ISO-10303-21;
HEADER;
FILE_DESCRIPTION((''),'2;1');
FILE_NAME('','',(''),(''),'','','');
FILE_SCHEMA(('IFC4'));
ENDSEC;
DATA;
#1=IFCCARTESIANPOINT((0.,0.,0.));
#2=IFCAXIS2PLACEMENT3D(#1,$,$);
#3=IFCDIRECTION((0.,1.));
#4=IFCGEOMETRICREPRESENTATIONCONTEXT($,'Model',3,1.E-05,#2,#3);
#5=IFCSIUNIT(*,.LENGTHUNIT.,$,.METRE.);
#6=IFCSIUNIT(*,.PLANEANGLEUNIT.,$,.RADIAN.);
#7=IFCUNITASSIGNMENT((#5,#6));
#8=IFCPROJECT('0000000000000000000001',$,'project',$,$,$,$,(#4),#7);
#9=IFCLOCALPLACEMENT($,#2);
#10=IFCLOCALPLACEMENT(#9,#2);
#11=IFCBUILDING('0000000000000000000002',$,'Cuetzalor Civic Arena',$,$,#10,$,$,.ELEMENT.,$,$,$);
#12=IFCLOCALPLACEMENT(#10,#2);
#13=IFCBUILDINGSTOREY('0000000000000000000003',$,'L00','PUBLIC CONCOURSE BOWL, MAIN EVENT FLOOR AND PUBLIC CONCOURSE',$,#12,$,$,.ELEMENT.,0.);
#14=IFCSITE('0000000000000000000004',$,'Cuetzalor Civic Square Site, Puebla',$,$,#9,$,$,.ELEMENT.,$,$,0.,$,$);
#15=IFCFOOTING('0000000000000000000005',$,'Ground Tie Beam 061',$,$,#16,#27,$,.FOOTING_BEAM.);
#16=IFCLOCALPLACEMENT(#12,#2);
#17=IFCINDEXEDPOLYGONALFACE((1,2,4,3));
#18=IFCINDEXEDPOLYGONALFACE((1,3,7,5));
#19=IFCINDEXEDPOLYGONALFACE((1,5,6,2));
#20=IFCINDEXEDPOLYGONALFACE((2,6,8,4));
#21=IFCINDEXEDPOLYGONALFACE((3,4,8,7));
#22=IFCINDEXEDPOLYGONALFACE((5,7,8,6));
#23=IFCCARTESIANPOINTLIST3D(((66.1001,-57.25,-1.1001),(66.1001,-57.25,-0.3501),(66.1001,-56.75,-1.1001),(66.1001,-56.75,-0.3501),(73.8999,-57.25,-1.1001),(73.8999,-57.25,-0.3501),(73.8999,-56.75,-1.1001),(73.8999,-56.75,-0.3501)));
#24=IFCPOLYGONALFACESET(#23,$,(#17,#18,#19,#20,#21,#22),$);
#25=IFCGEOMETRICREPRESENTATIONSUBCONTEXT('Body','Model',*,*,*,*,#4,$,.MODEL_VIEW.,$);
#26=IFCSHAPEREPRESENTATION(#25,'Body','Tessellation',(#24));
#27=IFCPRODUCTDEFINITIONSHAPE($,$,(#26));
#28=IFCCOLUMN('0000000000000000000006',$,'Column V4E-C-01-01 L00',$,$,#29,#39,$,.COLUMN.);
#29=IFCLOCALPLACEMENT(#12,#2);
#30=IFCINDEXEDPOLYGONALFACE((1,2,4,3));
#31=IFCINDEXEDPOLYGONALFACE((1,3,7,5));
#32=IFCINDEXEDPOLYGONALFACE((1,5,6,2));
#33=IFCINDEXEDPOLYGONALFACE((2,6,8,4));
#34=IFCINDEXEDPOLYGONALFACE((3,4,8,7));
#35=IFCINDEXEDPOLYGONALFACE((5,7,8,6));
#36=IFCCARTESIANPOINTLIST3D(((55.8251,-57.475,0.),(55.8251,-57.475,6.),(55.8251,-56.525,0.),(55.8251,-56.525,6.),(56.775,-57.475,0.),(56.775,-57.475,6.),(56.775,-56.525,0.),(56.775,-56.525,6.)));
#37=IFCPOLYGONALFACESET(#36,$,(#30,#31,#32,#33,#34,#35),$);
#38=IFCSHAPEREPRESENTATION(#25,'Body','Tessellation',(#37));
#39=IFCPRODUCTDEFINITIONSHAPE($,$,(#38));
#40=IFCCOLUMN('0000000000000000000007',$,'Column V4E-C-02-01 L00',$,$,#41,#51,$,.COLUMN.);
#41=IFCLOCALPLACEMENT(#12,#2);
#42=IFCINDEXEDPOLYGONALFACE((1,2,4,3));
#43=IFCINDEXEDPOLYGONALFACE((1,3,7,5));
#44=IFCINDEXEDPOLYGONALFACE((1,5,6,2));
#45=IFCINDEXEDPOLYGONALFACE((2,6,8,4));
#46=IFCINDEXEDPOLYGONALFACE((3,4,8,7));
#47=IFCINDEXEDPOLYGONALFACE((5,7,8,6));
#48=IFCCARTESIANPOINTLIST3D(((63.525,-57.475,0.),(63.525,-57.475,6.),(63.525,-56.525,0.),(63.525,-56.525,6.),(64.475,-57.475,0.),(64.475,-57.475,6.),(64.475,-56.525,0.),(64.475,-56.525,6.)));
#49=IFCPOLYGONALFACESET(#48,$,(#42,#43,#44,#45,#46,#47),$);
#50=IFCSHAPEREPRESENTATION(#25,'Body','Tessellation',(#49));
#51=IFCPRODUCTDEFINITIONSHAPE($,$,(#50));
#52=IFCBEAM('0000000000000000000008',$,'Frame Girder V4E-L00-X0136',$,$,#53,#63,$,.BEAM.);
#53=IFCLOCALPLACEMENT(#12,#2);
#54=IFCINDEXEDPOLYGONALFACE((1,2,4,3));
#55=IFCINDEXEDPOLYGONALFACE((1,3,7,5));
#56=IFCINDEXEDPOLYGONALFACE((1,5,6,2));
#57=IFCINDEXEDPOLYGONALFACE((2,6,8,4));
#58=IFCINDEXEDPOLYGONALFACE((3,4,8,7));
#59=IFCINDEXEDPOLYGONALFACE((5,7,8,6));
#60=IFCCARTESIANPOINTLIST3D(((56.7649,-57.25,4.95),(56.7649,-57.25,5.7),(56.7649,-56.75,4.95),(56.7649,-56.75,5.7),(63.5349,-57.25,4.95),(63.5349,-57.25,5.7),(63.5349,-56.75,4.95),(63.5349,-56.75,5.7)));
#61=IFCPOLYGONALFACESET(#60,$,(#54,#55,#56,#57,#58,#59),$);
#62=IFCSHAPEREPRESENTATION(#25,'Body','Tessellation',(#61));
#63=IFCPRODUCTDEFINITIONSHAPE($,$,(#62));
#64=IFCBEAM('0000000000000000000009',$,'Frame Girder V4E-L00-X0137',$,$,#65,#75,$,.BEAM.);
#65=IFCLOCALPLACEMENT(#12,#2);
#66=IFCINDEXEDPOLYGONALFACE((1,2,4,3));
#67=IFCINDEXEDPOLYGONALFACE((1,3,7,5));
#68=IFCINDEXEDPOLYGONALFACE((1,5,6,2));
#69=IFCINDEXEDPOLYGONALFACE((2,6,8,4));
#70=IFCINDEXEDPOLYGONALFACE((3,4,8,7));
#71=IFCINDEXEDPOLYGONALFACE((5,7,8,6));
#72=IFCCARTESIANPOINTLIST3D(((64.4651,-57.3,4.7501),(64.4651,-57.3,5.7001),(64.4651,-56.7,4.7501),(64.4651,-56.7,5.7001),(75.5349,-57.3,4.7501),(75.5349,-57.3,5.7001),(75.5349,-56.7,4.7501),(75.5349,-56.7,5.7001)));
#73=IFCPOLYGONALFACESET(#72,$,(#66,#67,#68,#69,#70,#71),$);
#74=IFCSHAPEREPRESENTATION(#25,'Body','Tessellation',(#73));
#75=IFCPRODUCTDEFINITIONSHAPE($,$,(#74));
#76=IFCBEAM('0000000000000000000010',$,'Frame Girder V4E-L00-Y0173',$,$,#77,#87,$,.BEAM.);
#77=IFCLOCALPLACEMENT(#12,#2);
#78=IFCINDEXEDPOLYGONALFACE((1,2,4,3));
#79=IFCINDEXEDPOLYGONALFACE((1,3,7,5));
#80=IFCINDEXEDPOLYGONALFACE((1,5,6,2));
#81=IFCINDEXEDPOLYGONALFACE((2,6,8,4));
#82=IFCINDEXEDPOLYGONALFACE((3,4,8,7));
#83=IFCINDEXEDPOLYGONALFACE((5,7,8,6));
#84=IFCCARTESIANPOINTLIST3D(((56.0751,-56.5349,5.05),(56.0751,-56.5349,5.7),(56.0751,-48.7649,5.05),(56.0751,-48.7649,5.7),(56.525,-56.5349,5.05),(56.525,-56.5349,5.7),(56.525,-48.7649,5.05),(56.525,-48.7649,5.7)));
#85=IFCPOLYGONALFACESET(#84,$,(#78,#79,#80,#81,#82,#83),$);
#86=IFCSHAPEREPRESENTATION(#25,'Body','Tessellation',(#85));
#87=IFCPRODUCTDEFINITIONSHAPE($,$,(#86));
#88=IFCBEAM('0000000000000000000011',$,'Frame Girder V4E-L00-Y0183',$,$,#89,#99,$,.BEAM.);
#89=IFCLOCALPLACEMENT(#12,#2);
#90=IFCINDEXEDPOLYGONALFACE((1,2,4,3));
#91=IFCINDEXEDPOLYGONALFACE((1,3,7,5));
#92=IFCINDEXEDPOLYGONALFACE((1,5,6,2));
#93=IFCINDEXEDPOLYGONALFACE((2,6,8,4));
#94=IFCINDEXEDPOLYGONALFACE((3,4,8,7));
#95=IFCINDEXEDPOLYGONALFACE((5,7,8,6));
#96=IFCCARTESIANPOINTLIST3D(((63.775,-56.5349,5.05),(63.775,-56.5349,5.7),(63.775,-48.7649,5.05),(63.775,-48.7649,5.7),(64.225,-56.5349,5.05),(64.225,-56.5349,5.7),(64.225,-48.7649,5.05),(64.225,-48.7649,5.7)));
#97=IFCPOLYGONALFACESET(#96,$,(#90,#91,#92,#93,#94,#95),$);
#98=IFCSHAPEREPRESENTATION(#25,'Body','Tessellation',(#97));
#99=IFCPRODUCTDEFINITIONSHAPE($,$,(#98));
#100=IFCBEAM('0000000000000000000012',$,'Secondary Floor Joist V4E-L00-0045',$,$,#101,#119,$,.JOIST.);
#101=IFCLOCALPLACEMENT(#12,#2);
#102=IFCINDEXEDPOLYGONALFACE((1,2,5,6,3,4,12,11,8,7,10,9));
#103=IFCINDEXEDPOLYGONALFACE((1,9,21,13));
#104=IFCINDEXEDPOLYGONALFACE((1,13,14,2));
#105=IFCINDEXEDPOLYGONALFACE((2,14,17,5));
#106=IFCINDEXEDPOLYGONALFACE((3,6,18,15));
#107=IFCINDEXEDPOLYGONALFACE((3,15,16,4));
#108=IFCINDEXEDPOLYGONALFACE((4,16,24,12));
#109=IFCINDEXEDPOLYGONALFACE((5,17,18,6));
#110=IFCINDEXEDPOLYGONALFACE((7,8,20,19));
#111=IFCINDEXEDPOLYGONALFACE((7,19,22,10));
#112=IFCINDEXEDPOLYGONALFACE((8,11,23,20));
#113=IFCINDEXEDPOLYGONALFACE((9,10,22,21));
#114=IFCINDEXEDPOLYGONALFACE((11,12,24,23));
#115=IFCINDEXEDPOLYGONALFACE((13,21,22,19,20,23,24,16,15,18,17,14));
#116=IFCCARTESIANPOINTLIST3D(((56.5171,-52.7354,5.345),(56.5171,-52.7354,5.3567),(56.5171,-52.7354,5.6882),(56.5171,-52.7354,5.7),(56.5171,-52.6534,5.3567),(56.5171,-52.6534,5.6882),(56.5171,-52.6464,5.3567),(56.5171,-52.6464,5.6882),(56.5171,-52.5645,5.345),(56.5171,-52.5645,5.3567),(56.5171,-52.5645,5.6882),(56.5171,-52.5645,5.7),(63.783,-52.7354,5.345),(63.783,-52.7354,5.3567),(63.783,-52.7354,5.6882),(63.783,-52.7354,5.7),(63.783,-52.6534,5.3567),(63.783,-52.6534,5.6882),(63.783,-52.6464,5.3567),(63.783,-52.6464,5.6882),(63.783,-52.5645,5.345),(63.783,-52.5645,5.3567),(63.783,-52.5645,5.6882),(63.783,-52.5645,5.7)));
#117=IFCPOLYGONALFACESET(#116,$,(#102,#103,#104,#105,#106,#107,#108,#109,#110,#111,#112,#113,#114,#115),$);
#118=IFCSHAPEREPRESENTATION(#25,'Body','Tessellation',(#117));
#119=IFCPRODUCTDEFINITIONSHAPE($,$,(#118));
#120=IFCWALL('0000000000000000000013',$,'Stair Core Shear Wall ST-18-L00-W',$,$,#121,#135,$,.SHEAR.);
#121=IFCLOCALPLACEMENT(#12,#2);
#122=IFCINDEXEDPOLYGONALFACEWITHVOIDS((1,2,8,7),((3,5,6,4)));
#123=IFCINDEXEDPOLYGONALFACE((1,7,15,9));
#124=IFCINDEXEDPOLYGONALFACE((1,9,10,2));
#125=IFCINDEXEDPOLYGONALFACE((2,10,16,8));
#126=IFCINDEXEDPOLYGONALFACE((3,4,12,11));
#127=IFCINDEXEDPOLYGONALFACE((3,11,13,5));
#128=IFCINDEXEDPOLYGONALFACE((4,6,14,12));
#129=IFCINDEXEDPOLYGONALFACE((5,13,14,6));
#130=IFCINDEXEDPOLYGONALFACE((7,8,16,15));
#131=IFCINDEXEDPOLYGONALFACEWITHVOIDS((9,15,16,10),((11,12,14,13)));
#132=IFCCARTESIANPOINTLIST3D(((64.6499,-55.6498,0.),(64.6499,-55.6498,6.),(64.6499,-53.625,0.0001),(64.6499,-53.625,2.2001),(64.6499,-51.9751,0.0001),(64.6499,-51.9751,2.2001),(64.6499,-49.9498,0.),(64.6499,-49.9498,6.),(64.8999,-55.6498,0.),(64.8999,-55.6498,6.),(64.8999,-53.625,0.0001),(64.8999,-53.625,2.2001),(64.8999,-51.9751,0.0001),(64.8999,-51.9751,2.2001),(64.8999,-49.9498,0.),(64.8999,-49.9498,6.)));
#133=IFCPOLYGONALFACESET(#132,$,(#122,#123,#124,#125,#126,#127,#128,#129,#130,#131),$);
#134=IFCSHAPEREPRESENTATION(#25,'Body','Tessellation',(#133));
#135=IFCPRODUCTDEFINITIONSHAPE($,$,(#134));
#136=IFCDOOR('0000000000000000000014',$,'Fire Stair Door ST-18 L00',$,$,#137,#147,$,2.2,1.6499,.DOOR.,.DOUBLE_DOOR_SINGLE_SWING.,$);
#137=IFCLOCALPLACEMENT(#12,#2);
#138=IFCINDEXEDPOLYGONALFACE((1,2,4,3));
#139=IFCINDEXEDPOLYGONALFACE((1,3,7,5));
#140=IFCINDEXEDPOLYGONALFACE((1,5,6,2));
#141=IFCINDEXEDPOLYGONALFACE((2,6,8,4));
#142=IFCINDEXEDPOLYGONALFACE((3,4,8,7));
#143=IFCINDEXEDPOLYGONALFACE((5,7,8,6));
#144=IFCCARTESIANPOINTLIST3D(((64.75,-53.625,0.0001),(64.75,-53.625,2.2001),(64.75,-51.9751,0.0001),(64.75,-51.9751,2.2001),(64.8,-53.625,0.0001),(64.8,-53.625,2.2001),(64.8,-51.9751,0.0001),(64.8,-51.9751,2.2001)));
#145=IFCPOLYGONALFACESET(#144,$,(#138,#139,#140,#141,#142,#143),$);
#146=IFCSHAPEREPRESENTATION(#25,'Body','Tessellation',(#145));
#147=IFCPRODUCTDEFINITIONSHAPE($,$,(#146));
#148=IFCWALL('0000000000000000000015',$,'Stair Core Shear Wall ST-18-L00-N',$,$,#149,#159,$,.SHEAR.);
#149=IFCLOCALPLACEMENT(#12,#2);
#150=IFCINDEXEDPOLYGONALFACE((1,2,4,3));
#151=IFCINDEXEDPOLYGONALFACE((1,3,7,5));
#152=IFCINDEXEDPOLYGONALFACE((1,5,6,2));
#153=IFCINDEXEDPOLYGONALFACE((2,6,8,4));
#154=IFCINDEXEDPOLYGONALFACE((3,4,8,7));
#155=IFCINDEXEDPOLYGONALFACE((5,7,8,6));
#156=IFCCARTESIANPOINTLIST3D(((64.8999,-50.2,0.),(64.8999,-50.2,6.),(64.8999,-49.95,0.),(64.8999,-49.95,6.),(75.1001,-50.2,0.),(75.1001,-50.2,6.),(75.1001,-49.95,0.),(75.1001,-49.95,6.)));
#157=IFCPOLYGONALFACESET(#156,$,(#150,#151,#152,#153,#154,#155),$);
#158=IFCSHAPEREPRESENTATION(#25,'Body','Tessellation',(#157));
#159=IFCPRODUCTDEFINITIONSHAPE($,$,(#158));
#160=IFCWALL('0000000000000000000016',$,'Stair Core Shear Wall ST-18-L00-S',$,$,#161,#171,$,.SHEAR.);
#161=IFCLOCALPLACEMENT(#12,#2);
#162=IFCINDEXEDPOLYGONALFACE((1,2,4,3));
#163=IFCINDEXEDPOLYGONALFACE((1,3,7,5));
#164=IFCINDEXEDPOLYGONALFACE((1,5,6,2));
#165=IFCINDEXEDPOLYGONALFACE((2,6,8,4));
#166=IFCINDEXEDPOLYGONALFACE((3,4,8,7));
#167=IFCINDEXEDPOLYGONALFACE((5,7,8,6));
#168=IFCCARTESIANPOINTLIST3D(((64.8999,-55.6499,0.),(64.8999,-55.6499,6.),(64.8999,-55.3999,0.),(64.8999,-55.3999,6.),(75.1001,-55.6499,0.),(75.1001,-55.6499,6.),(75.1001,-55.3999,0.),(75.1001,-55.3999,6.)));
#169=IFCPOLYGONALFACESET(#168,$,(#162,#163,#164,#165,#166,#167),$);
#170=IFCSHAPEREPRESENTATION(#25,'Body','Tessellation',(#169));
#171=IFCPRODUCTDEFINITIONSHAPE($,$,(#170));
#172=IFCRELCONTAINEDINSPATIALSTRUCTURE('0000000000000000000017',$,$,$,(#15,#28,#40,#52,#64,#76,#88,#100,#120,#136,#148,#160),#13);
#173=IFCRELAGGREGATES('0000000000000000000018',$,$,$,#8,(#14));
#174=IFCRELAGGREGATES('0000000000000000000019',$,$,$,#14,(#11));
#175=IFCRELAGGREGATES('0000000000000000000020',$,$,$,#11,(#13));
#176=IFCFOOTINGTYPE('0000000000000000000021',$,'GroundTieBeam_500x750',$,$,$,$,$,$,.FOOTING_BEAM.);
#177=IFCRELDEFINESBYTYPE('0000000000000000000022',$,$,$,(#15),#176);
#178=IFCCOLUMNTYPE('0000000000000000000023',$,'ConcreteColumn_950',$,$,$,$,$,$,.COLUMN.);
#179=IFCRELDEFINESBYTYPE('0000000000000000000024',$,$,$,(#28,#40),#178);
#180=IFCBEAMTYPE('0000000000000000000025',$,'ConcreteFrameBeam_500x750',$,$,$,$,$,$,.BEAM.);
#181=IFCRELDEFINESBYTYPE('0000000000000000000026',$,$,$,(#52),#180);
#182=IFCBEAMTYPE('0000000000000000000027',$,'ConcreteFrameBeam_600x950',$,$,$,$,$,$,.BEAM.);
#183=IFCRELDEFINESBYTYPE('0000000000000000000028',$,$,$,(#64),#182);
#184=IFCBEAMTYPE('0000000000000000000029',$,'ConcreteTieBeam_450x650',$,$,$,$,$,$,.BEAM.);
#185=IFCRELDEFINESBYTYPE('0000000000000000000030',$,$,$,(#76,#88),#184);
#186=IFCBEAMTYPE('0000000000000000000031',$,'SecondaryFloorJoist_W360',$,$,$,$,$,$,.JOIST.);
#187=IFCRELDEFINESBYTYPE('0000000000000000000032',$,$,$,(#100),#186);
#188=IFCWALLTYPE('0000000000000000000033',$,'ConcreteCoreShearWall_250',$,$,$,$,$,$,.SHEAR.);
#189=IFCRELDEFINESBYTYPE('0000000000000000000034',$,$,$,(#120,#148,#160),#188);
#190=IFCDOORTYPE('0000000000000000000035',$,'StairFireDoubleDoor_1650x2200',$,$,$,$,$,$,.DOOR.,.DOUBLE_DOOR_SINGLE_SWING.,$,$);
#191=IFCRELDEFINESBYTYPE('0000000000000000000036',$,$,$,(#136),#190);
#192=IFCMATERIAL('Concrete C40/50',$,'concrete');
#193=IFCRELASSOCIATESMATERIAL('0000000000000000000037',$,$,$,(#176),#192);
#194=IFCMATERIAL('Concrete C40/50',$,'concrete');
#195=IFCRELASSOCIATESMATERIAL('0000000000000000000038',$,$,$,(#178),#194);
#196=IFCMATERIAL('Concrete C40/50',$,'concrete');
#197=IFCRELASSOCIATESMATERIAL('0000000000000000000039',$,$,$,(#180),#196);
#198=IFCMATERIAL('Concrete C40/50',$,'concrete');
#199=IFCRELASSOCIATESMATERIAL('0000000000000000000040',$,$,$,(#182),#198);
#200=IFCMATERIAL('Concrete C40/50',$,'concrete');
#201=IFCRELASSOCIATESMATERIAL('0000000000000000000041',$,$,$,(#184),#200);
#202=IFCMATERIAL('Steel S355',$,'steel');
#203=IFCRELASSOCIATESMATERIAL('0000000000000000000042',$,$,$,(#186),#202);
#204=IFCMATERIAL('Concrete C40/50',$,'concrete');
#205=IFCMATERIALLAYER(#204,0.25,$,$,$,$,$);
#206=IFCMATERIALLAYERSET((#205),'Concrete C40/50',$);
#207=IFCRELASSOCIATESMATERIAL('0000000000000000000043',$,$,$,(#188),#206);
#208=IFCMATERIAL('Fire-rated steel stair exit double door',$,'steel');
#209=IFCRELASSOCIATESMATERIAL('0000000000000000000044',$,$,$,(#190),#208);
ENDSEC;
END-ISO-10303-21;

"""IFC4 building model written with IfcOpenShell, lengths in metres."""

from ifc_helpers import new_model, si_unit, direction, frame, frame_2d, origin, origin_2d, place, context, subcontext, project, spatial, rectangle, i_section, extrude, material, layer, layer_set, material_profile, profile_set, type_object, element, fill, save


model = new_model("IFC4")

# Units and contexts
model_context = context("Model", 3, precision=1e-05, world=origin(), true_north=direction((0.0, 1.0)))
body_context = subcontext(model_context, "Body", "Model", "MODEL_VIEW")
ifc_project = project(units=[si_unit("LENGTHUNIT", "METRE"), si_unit("PLANEANGLEUNIT", "RADIAN")], contexts=[model_context])

# Site, building, storey
site_placement = place(None, origin())
site = spatial("IfcSite", under=ifc_project, at=site_placement, Name="Cuetzalor Civic Square Site, Puebla", CompositionType="ELEMENT", RefElevation=0.0)
building_placement = place(site_placement, origin())
building = spatial("IfcBuilding", under=site, at=building_placement, Name="Cuetzalor Civic Arena", CompositionType="ELEMENT")
storey_placement = place(building_placement, origin())
storey = spatial("IfcBuildingStorey", under=building, at=storey_placement, Name="L00", Description="PUBLIC CONCOURSE BOWL, MAIN EVENT FLOOR AND PUBLIC CONCOURSE", CompositionType="ELEMENT", Elevation=0.0)

# Footing
ifc_material_1 = material(Name="Concrete C40/50", Category="concrete")
ifc_material_profile_1 = material_profile(ifc_material_1, rectangle(XDim=0.5, YDim=0.75, at=origin_2d()), Name="RC 500x750")
ifc_profile_set_1 = profile_set([ifc_material_profile_1], Name="Concrete C40/50")
footing_type_1 = type_object("IfcFootingType", Name="GroundTieBeam_500x750", PredefinedType="FOOTING_BEAM", material=ifc_profile_set_1)
footing_1_placement = place(storey_placement, frame((66.1001, -57.0, -0.7251), z_axis=(1.0, 0.0, 0.0), x_axis=(0.0, 1.0, 0.0)))
element("IfcFooting", 1, at=footing_1_placement, inside=storey, type_object=footing_type_1, Name="Ground Tie Beam 061", PredefinedType="FOOTING_BEAM", context=body_context, shape_type="SweptSolid", body=[
    extrude(rectangle(XDim=0.5, YDim=0.75, at=origin_2d()), origin(), (0.0, 0.0, 1.0), 7.7998),
])

# Columns
ifc_material_2 = material(Name="Concrete C40/50", Category="concrete")
ifc_material_profile_2 = material_profile(ifc_material_2, rectangle(XDim=0.95, YDim=0.95, at=origin_2d()), Name="RC 950x950")
ifc_profile_set_2 = profile_set([ifc_material_profile_2], Name="Concrete C40/50")
column_type = type_object("IfcColumnType", Name="ConcreteColumn_950", PredefinedType="COLUMN", material=ifc_profile_set_2)
for number, where, z_axis, x_axis, name in (
    (2, (56.3, -57.0, 0.0), (0.0, 0.0, 1.0), (1.0, 0.0, 0.0), "Column V4E-C-01-01 L00"),
    (3, (64.0, -57.0, 0.0), (0.0, 0.0, 1.0), (1.0, 0.0, 0.0), "Column V4E-C-02-01 L00"),
):
    element("IfcColumn", number, at=place(storey_placement, frame(where, z_axis=z_axis, x_axis=x_axis)), inside=storey, type_object=column_type, Name=name, PredefinedType="COLUMN", context=body_context, shape_type="SweptSolid", body=[
        extrude(rectangle(XDim=0.95, YDim=0.95, at=origin_2d()), origin(), (0.0, 0.0, 1.0), 6.0),
    ])

# Beams
ifc_material_3 = material(Name="Concrete C40/50", Category="concrete")
ifc_material_profile_3 = material_profile(ifc_material_3, rectangle(XDim=0.5, YDim=0.75, at=origin_2d()), Name="RC 500x750")
ifc_profile_set_3 = profile_set([ifc_material_profile_3], Name="Concrete C40/50")
beam_type_1 = type_object("IfcBeamType", Name="ConcreteFrameBeam_500x750", PredefinedType="BEAM", material=ifc_profile_set_3)
beam_1_placement = place(storey_placement, frame((56.7649, -57.0, 5.325), z_axis=(1.0, 0.0, 0.0), x_axis=(0.0, 1.0, 0.0)))
element("IfcBeam", 4, at=beam_1_placement, inside=storey, type_object=beam_type_1, Name="Frame Girder V4E-L00-X0136", PredefinedType="BEAM", context=body_context, shape_type="SweptSolid", body=[
    extrude(rectangle(XDim=0.5, YDim=0.75, at=origin_2d()), origin(), (0.0, 0.0, 1.0), 6.77),
])
ifc_material_4 = material(Name="Concrete C40/50", Category="concrete")
ifc_material_profile_4 = material_profile(ifc_material_4, rectangle(XDim=0.6001, YDim=0.95, at=origin_2d()), Name="RC 600x950")
ifc_profile_set_4 = profile_set([ifc_material_profile_4], Name="Concrete C40/50")
beam_type_2 = type_object("IfcBeamType", Name="ConcreteFrameBeam_600x950", PredefinedType="BEAM", material=ifc_profile_set_4)
beam_2_placement = place(storey_placement, frame((64.4651, -57.0, 5.2251), z_axis=(1.0, 0.0, 0.0), x_axis=(0.0, 1.0, 0.0)))
element("IfcBeam", 5, at=beam_2_placement, inside=storey, type_object=beam_type_2, Name="Frame Girder V4E-L00-X0137", PredefinedType="BEAM", context=body_context, shape_type="SweptSolid", body=[
    extrude(rectangle(XDim=0.6001, YDim=0.95, at=origin_2d()), origin(), (0.0, 0.0, 1.0), 11.0698),
])
ifc_material_5 = material(Name="Concrete C40/50", Category="concrete")
ifc_material_profile_5 = material_profile(ifc_material_5, rectangle(XDim=0.45, YDim=0.6499, at=origin_2d()), Name="RC 450x650")
ifc_profile_set_5 = profile_set([ifc_material_profile_5], Name="Concrete C40/50")
beam_type_3 = type_object("IfcBeamType", Name="ConcreteTieBeam_450x650", PredefinedType="BEAM", material=ifc_profile_set_5)
for number, where, z_axis, x_axis, name in (
    (6, (56.3, -56.5349, 5.375), (0.0, 1.0, 0.0), (-1.0, 0.0, 0.0), "Frame Girder V4E-L00-Y0173"),
    (7, (64.0, -56.5349, 5.375), (0.0, 1.0, 0.0), (-1.0, 0.0, 0.0), "Frame Girder V4E-L00-Y0183"),
):
    element("IfcBeam", number, at=place(storey_placement, frame(where, z_axis=z_axis, x_axis=x_axis)), inside=storey, type_object=beam_type_3, Name=name, PredefinedType="BEAM", context=body_context, shape_type="SweptSolid", body=[
        extrude(rectangle(XDim=0.45, YDim=0.6499, at=origin_2d()), origin(), (0.0, 0.0, 1.0), 7.77),
    ])
ifc_material_6 = material(Name="Steel S355", Category="steel")
ifc_material_profile_6 = material_profile(ifc_material_6, i_section(OverallWidth=0.1709, OverallDepth=0.355, WebThickness=0.0071, FlangeThickness=0.0117, at=origin_2d()), Name="W360x51")
ifc_profile_set_6 = profile_set([ifc_material_profile_6], Name="Steel S355")
beam_type_4 = type_object("IfcBeamType", Name="SecondaryFloorJoist_W360", PredefinedType="JOIST", material=ifc_profile_set_6)
beam_3_placement = place(storey_placement, frame((56.5171, -52.6499, 5.5225), z_axis=(1.0, 0.0, 0.0), x_axis=(0.0, 1.0, 0.0)))
element("IfcBeam", 8, at=beam_3_placement, inside=storey, type_object=beam_type_4, Name="Secondary Floor Joist V4E-L00-0045", PredefinedType="JOIST", context=body_context, shape_type="SweptSolid", body=[
    extrude(i_section(OverallWidth=0.1709, OverallDepth=0.355, WebThickness=0.0071, FlangeThickness=0.0117, at=origin_2d()), origin(), (0.0, 0.0, 1.0), 7.2659),
])

# Wall, opening, door
ifc_material_7 = material(Name="Concrete C40/50", Category="concrete")
ifc_layer = layer(ifc_material_7, 0.25)
ifc_layer_set = layer_set([ifc_layer], Name="Concrete C40/50")
wall_type = type_object("IfcWallType", Name="ConcreteCoreShearWall_250", PredefinedType="SHEAR", material=ifc_layer_set)
wall_placement = place(storey_placement, frame((64.7749, -55.6499, 0.0), z_axis=(0.0, 0.0, 1.0), x_axis=(0.0, 1.0, 0.0)))
wall = element("IfcWall", 9, at=wall_placement, inside=storey, type_object=wall_type, Name="Stair Core Shear Wall ST-18-L00-W", PredefinedType="SHEAR", context=body_context, shape_type="SweptSolid", body=[
    extrude(rectangle(XDim=5.7, YDim=0.25, at=frame_2d((2.8501, 0.0))), origin(), (0.0, 0.0, 1.0), 6.0),
])
opening_placement = place(wall_placement, frame((2.0249, 0.0, 0.0)))
opening = element("IfcOpeningElement", 10, at=opening_placement, cuts=wall, PredefinedType="OPENING", context=body_context, shape_type="SweptSolid", body=[
    extrude(rectangle(XDim=1.6499, YDim=2.2, at=frame_2d((0.825, 1.1001))), frame((0.0, 0.135, 0.0), z_axis=(0.0, -1.0, 0.0), x_axis=(1.0, 0.0, 0.0)), (0.0, 0.0, 1.0), 0.27),
])
ifc_material_8 = material(Name="Fire-rated steel stair exit double door", Category="steel")
door_type = type_object("IfcDoorType", Name="StairFireDoubleDoor_1650x2200", OperationType="DOUBLE_DOOR_SINGLE_SWING", PredefinedType="DOOR", material=ifc_material_8)
door_placement = place(opening_placement, origin())
door = element("IfcDoor", 11, at=door_placement, inside=storey, type_object=door_type, Name="Fire Stair Door ST-18 L00", OperationType="DOUBLE_DOOR_SINGLE_SWING", OverallHeight=2.2, OverallWidth=1.6499, PredefinedType="DOOR", context=body_context, shape_type="SweptSolid", body=[
    extrude(rectangle(XDim=1.6499, YDim=2.2, at=frame_2d((0.825, 1.1001))), frame((0.0, 0.0249, 0.0), z_axis=(0.0, -1.0, 0.0), x_axis=(1.0, 0.0, 0.0)), (0.0, 0.0, 1.0), 0.05),
])
fill(opening, door)

# Walls
for number, where, z_axis, x_axis, name in (
    (12, (64.8999, -50.075, 0.0), (0.0, 0.0, 1.0), (1.0, 0.0, 0.0), "Stair Core Shear Wall ST-18-L00-N"),
    (13, (75.1001, -55.5249, 0.0), (0.0, 0.0, 1.0), (-1.0, 0.0, 0.0), "Stair Core Shear Wall ST-18-L00-S"),
):
    element("IfcWall", number, at=place(storey_placement, frame(where, z_axis=z_axis, x_axis=x_axis)), inside=storey, type_object=wall_type, Name=name, PredefinedType="SHEAR", context=body_context, shape_type="SweptSolid", body=[
        extrude(rectangle(XDim=10.2002, YDim=0.25, at=frame_2d((5.1001, 0.0))), origin(), (0.0, 0.0, 1.0), 6.0),
    ])

save(model, "model.ifc")
